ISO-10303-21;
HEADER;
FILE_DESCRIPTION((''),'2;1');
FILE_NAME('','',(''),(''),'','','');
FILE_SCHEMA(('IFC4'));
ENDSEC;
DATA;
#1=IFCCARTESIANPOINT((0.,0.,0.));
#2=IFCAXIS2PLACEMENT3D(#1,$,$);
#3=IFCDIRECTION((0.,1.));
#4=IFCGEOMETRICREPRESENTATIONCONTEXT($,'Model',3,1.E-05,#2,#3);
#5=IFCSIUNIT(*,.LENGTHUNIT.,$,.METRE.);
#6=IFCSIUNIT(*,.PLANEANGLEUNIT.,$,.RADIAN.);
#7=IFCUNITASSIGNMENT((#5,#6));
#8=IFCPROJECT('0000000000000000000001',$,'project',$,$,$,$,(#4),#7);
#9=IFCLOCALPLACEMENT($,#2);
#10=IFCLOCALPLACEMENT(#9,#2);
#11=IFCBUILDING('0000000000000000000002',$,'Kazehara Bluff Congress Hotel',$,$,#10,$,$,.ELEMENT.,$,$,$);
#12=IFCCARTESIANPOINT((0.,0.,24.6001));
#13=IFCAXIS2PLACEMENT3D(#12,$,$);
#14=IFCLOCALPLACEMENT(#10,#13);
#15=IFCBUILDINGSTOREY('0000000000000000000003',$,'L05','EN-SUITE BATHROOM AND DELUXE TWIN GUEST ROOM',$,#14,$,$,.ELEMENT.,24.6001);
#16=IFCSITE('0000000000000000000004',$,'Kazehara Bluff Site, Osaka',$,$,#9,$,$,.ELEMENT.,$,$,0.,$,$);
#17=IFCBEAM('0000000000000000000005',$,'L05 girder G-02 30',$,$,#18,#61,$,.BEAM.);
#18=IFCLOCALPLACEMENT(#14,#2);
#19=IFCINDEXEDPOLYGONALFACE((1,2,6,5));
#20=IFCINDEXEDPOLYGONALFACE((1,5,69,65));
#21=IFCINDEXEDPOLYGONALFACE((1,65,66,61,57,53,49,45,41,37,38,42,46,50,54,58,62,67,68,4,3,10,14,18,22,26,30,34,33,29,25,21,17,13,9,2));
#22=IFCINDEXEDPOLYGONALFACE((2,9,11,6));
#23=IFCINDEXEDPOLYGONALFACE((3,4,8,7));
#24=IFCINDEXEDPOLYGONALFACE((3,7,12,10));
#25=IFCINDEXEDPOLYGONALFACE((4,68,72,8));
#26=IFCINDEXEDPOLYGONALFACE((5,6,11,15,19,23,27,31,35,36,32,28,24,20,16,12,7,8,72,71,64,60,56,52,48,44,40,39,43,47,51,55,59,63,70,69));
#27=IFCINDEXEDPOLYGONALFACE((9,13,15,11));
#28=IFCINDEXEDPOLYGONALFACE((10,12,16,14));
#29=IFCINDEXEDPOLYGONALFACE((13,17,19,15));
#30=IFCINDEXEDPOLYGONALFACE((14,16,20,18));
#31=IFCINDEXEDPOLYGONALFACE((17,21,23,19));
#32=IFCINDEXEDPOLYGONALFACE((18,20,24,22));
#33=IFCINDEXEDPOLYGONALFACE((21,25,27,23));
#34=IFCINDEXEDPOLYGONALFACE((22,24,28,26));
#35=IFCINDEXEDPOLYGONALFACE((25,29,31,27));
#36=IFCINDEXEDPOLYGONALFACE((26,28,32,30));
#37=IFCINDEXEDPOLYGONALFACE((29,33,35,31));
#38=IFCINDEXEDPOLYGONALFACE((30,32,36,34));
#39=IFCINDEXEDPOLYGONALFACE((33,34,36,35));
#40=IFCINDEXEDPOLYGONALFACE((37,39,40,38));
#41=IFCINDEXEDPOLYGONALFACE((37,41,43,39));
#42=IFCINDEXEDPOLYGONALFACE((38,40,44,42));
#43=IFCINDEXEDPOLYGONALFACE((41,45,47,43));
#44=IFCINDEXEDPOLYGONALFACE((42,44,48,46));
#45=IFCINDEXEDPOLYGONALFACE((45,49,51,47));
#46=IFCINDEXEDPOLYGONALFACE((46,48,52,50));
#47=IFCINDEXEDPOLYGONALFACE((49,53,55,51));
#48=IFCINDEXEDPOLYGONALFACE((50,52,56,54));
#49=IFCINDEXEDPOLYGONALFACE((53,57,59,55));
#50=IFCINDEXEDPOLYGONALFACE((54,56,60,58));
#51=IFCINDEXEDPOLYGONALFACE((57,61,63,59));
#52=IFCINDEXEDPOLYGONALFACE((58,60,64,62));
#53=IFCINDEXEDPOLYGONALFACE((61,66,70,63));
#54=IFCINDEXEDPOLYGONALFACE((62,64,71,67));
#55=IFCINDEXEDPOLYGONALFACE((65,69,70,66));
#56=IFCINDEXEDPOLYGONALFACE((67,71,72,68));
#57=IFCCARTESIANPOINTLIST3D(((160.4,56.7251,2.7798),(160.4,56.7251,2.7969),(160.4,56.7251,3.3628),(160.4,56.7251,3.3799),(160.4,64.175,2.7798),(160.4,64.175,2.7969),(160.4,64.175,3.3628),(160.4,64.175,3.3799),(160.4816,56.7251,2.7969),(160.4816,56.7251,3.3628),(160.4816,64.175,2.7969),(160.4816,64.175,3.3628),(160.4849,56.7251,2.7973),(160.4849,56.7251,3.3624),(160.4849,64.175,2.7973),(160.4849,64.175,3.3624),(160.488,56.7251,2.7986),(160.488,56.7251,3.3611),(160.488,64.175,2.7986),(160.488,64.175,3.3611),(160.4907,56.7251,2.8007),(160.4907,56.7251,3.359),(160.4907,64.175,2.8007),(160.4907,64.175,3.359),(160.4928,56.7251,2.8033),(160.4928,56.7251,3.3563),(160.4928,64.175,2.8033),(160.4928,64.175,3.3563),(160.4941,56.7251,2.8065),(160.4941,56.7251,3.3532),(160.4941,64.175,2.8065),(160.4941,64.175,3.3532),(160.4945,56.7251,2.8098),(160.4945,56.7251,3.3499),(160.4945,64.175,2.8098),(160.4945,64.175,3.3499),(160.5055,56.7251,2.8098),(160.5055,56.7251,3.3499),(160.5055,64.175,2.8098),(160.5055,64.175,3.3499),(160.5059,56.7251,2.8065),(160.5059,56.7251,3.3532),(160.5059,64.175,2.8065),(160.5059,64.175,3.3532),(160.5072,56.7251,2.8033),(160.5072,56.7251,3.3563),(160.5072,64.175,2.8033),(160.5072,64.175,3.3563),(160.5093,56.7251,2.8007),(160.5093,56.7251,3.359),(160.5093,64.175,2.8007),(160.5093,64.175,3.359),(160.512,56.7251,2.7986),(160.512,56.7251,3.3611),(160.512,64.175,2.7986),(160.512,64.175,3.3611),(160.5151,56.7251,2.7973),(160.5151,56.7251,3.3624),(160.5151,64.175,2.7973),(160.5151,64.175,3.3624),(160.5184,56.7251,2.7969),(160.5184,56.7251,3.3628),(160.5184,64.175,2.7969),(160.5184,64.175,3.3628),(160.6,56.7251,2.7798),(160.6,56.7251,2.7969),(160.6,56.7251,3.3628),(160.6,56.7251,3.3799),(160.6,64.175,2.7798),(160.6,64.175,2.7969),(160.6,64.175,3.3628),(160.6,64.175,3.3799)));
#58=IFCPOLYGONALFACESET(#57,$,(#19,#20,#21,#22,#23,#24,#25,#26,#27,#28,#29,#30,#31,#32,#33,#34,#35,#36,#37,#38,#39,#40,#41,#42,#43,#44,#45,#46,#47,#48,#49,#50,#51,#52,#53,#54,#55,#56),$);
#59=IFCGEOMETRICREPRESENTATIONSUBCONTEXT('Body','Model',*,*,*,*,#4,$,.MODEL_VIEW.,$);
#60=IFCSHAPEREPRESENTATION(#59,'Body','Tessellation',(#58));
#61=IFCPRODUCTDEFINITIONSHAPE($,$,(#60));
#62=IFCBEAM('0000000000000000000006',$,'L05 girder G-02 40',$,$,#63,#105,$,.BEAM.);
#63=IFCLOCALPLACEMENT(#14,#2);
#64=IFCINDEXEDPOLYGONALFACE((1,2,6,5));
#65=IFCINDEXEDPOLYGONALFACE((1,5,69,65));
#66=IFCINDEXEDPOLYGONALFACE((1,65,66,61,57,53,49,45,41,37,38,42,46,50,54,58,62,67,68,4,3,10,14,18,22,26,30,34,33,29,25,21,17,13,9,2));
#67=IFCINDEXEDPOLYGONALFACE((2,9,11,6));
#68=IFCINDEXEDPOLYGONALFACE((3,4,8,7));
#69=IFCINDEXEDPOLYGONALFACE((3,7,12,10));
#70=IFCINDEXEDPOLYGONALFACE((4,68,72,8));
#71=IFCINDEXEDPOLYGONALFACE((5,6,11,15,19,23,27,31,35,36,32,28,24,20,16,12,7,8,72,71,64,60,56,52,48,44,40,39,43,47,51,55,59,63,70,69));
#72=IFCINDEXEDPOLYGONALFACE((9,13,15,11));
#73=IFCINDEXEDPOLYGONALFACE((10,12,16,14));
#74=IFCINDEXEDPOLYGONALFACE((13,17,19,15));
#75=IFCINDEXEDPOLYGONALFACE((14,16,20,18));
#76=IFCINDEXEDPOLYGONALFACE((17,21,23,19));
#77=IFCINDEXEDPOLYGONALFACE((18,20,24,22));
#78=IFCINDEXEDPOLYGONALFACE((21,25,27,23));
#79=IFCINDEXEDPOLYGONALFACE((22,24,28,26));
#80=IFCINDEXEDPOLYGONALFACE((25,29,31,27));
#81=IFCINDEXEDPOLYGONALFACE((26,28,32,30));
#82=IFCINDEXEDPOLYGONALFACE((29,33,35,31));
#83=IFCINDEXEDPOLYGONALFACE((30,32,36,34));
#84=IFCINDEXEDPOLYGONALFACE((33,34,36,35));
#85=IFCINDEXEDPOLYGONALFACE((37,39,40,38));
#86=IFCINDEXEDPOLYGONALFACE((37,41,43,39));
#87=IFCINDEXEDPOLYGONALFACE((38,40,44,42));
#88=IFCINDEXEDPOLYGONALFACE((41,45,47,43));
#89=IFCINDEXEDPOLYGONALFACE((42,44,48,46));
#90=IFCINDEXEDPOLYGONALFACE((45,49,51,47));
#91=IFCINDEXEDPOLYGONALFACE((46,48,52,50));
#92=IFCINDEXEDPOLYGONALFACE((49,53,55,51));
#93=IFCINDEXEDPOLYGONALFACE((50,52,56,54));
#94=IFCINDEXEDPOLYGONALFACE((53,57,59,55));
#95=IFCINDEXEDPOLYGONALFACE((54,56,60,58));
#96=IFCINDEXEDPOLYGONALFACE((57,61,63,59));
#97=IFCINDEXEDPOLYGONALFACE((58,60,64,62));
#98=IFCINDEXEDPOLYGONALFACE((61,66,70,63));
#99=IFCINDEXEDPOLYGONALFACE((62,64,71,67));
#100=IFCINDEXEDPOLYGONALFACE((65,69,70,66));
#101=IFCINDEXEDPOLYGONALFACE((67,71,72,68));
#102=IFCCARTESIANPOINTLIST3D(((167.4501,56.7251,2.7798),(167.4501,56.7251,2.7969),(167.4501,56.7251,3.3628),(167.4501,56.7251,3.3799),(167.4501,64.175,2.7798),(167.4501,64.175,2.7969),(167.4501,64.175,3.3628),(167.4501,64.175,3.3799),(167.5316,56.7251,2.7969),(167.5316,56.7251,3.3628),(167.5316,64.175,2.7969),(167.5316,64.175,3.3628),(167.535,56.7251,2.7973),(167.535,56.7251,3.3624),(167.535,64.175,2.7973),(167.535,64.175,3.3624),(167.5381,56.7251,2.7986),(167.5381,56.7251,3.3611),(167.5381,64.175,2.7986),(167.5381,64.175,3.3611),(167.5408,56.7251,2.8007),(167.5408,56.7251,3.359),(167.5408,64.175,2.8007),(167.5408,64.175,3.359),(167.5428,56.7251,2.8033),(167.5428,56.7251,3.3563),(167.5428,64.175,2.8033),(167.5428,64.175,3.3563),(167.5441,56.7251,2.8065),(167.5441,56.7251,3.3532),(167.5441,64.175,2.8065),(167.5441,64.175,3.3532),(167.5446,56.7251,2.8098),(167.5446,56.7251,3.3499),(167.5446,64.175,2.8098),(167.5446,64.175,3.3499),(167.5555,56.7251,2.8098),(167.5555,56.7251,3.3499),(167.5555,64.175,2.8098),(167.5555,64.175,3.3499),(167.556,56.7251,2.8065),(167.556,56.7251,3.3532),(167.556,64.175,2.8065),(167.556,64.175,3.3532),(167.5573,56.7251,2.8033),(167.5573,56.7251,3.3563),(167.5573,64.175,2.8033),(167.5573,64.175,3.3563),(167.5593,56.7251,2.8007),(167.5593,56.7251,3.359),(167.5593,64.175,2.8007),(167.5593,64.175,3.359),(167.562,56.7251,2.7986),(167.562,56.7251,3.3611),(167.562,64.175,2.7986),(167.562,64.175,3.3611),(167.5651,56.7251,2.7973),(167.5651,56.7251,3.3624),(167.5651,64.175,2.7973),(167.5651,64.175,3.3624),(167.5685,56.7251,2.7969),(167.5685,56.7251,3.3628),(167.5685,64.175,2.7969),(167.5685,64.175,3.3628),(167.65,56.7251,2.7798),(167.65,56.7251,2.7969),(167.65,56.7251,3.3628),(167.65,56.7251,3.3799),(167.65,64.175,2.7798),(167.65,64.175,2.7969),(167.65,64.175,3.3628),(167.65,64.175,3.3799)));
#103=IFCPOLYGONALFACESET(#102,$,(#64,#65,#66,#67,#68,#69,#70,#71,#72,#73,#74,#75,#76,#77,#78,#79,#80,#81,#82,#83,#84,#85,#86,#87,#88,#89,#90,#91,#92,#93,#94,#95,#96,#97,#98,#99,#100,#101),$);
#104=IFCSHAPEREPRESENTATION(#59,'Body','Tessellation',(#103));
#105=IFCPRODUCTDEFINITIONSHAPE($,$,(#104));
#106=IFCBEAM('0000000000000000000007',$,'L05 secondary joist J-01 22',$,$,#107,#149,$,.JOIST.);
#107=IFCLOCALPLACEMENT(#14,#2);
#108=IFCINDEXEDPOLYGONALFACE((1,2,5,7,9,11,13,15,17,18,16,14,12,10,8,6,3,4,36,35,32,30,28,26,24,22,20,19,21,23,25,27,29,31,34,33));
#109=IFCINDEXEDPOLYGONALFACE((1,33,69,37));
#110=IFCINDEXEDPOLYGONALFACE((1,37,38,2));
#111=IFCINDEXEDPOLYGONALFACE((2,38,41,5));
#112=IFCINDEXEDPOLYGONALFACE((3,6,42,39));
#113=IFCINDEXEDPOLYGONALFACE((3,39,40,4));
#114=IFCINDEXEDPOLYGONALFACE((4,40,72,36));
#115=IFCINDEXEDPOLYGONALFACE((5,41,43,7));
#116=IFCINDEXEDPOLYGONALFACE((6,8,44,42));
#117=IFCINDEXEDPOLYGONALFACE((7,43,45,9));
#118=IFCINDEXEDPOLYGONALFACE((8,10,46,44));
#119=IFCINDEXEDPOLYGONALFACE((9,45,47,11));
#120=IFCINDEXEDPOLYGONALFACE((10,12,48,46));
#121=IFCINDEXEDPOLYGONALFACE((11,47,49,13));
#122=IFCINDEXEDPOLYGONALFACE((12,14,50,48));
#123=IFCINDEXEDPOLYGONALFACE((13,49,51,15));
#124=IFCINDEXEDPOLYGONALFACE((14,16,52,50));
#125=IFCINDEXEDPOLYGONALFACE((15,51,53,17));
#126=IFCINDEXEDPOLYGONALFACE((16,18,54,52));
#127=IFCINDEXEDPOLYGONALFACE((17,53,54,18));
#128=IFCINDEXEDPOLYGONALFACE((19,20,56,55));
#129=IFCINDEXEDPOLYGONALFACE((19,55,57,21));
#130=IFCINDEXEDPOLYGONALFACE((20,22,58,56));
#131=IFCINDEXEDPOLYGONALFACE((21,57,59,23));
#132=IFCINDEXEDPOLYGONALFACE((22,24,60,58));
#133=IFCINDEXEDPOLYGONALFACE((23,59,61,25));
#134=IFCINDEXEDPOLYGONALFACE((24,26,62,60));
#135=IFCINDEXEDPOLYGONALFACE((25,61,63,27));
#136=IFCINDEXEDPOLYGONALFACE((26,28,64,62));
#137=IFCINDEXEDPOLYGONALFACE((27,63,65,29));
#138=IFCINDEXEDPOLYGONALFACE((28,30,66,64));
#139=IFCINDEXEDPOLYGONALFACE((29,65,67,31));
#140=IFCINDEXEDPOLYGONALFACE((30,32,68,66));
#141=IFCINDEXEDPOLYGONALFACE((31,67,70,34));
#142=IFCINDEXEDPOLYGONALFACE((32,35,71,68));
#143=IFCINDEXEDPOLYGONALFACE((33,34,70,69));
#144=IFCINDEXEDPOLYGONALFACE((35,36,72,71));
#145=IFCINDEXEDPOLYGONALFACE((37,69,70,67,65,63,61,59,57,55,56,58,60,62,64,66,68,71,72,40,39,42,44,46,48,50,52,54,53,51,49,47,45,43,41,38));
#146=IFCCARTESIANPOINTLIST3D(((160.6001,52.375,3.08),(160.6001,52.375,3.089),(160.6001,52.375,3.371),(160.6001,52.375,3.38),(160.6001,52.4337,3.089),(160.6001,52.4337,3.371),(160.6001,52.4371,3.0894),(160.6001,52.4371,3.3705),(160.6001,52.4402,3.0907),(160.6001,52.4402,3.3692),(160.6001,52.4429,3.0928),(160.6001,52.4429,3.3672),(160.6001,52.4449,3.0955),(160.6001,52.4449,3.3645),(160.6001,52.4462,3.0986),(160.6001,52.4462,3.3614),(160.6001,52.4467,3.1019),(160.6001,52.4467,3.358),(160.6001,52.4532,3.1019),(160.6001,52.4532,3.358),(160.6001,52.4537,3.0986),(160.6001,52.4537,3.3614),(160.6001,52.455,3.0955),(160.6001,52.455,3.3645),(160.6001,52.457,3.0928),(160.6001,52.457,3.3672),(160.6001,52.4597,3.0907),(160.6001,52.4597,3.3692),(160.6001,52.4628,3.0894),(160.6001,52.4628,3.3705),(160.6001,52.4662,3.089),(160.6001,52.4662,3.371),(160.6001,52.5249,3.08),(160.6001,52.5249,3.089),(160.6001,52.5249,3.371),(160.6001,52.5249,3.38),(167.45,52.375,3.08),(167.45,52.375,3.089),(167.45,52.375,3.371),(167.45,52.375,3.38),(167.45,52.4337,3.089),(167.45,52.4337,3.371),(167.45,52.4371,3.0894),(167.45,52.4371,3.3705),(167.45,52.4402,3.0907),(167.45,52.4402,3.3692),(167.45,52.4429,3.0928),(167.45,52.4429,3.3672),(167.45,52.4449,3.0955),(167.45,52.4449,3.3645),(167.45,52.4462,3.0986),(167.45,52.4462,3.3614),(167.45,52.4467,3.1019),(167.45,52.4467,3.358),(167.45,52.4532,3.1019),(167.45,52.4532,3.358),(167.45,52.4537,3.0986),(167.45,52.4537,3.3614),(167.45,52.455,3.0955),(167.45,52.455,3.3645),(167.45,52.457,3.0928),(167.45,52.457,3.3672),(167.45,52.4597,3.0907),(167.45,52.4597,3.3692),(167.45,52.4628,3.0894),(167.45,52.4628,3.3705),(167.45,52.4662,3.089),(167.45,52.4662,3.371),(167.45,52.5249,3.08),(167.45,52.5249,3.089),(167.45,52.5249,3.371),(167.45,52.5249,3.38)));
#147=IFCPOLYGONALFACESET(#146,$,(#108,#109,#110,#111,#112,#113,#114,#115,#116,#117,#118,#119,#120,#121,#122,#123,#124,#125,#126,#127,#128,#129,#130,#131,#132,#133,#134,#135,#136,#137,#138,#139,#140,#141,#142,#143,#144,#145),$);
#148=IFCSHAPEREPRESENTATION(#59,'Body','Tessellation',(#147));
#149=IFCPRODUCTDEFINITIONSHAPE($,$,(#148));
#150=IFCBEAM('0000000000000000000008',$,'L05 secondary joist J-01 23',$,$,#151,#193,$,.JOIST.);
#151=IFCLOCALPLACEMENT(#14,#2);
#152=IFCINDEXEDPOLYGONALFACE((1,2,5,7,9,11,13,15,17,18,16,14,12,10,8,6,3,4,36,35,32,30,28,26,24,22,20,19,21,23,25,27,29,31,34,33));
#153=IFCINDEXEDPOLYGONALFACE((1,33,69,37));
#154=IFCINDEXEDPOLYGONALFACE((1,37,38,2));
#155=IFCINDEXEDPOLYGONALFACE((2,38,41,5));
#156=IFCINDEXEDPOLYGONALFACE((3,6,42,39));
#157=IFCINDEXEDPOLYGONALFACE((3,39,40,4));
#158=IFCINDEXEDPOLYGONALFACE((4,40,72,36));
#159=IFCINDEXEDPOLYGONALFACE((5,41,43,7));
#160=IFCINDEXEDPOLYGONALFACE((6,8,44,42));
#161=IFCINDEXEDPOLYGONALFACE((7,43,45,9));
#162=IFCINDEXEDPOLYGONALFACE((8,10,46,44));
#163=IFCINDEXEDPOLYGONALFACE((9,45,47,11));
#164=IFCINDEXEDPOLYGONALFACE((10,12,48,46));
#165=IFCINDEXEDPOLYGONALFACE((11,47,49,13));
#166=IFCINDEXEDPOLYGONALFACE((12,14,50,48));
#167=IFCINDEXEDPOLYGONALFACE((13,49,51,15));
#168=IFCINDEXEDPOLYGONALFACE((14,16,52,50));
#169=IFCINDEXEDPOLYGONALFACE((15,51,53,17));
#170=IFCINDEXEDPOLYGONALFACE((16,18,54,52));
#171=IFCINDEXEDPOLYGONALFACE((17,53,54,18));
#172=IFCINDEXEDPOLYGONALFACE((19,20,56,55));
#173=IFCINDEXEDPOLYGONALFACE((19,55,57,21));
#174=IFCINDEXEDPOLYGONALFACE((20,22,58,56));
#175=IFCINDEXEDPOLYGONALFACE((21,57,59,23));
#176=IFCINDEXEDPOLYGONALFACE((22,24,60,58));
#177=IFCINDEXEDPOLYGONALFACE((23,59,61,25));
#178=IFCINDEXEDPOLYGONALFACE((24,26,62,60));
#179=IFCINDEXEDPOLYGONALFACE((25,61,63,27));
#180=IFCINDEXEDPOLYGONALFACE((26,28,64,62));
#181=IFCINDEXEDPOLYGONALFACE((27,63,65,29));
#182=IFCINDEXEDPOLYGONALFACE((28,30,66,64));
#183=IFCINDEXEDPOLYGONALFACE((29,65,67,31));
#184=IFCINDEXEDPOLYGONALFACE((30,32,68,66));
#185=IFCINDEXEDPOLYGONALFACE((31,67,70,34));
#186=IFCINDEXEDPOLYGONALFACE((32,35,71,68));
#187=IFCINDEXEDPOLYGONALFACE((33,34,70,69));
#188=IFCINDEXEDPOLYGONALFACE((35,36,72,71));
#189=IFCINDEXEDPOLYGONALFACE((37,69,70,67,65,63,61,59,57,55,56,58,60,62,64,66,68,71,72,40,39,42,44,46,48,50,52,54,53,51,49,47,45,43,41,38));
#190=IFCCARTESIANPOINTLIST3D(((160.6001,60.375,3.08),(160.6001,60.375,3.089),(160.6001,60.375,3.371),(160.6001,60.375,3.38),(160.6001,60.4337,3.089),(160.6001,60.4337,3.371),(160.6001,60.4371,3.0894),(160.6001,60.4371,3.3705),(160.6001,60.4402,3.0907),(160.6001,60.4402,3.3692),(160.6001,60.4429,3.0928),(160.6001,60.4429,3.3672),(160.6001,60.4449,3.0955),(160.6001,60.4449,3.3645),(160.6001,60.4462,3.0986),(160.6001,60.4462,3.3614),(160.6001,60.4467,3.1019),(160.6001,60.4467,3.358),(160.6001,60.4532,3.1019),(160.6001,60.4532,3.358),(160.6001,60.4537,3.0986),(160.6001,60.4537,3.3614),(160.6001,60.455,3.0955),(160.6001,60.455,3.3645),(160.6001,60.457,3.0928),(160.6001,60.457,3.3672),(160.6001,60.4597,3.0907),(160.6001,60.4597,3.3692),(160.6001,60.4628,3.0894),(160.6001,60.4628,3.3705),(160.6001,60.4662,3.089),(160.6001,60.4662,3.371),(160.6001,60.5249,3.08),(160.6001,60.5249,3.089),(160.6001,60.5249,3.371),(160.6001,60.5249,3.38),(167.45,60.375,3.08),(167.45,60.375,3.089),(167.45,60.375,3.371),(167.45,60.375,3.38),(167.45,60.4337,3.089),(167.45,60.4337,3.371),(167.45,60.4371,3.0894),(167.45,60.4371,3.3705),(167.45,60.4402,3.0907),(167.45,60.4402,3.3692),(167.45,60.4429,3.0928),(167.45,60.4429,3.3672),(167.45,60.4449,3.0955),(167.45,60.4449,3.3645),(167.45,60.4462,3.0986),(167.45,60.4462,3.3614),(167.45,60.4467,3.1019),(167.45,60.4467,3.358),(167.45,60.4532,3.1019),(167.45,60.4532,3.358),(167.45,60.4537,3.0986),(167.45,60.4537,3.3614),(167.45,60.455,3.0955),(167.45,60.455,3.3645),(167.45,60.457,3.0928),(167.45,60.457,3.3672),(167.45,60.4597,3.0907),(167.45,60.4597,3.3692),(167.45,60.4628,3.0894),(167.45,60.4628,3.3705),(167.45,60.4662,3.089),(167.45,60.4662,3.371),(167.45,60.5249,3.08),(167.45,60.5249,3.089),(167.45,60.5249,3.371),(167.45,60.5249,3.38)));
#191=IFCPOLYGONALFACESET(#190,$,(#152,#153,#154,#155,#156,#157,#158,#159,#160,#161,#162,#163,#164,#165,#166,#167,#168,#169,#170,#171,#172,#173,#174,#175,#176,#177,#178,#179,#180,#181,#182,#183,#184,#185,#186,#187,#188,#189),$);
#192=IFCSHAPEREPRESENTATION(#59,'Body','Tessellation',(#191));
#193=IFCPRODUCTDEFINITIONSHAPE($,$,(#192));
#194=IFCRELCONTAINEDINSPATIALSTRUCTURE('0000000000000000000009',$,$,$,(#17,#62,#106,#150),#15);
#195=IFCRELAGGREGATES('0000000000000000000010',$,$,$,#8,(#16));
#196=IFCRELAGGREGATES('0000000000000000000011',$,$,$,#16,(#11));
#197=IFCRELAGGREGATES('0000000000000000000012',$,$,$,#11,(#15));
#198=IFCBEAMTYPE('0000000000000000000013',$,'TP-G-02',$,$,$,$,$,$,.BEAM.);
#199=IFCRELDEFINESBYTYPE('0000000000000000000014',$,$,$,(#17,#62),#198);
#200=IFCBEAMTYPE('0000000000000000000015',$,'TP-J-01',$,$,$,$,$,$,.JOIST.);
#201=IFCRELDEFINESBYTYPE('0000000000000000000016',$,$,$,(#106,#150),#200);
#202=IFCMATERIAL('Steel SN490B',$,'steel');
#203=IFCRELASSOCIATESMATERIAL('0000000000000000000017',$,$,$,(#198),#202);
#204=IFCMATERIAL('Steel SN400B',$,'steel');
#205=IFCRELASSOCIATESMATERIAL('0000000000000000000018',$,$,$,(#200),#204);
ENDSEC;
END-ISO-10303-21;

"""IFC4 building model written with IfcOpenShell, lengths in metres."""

from ifc_helpers import new_model, si_unit, direction, frame, origin, origin_2d, place, context, subcontext, project, spatial, i_section, extrude, material, material_profile, profile_set, type_object, element, save


model = new_model("IFC4")

# Units and contexts
model_context = context("Model", 3, precision=1e-05, world=origin(), true_north=direction((0.0, 1.0)))
body_context = subcontext(model_context, "Body", "Model", "MODEL_VIEW")
ifc_project = project(units=[si_unit("LENGTHUNIT", "METRE"), si_unit("PLANEANGLEUNIT", "RADIAN")], contexts=[model_context])

# Site, building, storey
site_placement = place(None, origin())
site = spatial("IfcSite", under=ifc_project, at=site_placement, Name="Kazehara Bluff Site, Osaka", CompositionType="ELEMENT", RefElevation=0.0)
building_placement = place(site_placement, origin())
building = spatial("IfcBuilding", under=site, at=building_placement, Name="Kazehara Bluff Congress Hotel", CompositionType="ELEMENT")
storey_placement = place(building_placement, frame((0.0, 0.0, 24.6001)))
storey = spatial("IfcBuildingStorey", under=building, at=storey_placement, Name="L05", Description="EN-SUITE BATHROOM AND DELUXE TWIN GUEST ROOM", CompositionType="ELEMENT", Elevation=24.6001)

# Beams
ifc_material_1 = material(Name="Steel SN490B", Category="steel")
ifc_material_profile_1 = material_profile(ifc_material_1, i_section(OverallWidth=0.2, OverallDepth=0.6001, WebThickness=0.011, FlangeThickness=0.0171, FilletRadius=0.0129, at=origin_2d()))
ifc_profile_set_1 = profile_set([ifc_material_profile_1], Name="Steel SN490B")
beam_type_1 = type_object("IfcBeamType", Name="TP-G-02", PredefinedType="BEAM", material=ifc_profile_set_1)
for number, where, z_axis, x_axis, name in (
    (1, (160.5, 56.7251, 3.0798), (0.0, 1.0, 0.0), (-1.0, 0.0, 0.0), "L05 girder G-02 30"),
    (2, (167.55, 56.7251, 3.0798), (0.0, 1.0, 0.0), (-1.0, 0.0, 0.0), "L05 girder G-02 40"),
):
    element("IfcBeam", number, at=place(storey_placement, frame(where, z_axis=z_axis, x_axis=x_axis)), inside=storey, type_object=beam_type_1, Name=name, PredefinedType="BEAM", context=body_context, shape_type="SweptSolid", body=[
        extrude(i_section(OverallWidth=0.2, OverallDepth=0.6001, WebThickness=0.011, FlangeThickness=0.0171, FilletRadius=0.0129, at=origin_2d()), origin(), (0.0, 0.0, 1.0), 7.45),
    ])
ifc_material_2 = material(Name="Steel SN400B", Category="steel")
ifc_material_profile_2 = material_profile(ifc_material_2, i_section(OverallWidth=0.1499, OverallDepth=0.3, WebThickness=0.0066, FlangeThickness=0.009, FilletRadius=0.0129, at=origin_2d()))
ifc_profile_set_2 = profile_set([ifc_material_profile_2], Name="Steel SN400B")
beam_type_2 = type_object("IfcBeamType", Name="TP-J-01", PredefinedType="JOIST", material=ifc_profile_set_2)
for number, where, z_axis, x_axis, name in (
    (3, (160.6001, 52.45, 3.23), (1.0, 0.0, 0.0), (0.0, 1.0, 0.0), "L05 secondary joist J-01 22"),
    (4, (160.6001, 60.45, 3.23), (1.0, 0.0, 0.0), (0.0, 1.0, 0.0), "L05 secondary joist J-01 23"),
):
    element("IfcBeam", number, at=place(storey_placement, frame(where, z_axis=z_axis, x_axis=x_axis)), inside=storey, type_object=beam_type_2, Name=name, PredefinedType="JOIST", context=body_context, shape_type="SweptSolid", body=[
        extrude(i_section(OverallWidth=0.1499, OverallDepth=0.3, WebThickness=0.0066, FlangeThickness=0.009, FilletRadius=0.0129, at=origin_2d()), origin(), (0.0, 0.0, 1.0), 6.8499),
    ])

save(model, "model.ifc")
